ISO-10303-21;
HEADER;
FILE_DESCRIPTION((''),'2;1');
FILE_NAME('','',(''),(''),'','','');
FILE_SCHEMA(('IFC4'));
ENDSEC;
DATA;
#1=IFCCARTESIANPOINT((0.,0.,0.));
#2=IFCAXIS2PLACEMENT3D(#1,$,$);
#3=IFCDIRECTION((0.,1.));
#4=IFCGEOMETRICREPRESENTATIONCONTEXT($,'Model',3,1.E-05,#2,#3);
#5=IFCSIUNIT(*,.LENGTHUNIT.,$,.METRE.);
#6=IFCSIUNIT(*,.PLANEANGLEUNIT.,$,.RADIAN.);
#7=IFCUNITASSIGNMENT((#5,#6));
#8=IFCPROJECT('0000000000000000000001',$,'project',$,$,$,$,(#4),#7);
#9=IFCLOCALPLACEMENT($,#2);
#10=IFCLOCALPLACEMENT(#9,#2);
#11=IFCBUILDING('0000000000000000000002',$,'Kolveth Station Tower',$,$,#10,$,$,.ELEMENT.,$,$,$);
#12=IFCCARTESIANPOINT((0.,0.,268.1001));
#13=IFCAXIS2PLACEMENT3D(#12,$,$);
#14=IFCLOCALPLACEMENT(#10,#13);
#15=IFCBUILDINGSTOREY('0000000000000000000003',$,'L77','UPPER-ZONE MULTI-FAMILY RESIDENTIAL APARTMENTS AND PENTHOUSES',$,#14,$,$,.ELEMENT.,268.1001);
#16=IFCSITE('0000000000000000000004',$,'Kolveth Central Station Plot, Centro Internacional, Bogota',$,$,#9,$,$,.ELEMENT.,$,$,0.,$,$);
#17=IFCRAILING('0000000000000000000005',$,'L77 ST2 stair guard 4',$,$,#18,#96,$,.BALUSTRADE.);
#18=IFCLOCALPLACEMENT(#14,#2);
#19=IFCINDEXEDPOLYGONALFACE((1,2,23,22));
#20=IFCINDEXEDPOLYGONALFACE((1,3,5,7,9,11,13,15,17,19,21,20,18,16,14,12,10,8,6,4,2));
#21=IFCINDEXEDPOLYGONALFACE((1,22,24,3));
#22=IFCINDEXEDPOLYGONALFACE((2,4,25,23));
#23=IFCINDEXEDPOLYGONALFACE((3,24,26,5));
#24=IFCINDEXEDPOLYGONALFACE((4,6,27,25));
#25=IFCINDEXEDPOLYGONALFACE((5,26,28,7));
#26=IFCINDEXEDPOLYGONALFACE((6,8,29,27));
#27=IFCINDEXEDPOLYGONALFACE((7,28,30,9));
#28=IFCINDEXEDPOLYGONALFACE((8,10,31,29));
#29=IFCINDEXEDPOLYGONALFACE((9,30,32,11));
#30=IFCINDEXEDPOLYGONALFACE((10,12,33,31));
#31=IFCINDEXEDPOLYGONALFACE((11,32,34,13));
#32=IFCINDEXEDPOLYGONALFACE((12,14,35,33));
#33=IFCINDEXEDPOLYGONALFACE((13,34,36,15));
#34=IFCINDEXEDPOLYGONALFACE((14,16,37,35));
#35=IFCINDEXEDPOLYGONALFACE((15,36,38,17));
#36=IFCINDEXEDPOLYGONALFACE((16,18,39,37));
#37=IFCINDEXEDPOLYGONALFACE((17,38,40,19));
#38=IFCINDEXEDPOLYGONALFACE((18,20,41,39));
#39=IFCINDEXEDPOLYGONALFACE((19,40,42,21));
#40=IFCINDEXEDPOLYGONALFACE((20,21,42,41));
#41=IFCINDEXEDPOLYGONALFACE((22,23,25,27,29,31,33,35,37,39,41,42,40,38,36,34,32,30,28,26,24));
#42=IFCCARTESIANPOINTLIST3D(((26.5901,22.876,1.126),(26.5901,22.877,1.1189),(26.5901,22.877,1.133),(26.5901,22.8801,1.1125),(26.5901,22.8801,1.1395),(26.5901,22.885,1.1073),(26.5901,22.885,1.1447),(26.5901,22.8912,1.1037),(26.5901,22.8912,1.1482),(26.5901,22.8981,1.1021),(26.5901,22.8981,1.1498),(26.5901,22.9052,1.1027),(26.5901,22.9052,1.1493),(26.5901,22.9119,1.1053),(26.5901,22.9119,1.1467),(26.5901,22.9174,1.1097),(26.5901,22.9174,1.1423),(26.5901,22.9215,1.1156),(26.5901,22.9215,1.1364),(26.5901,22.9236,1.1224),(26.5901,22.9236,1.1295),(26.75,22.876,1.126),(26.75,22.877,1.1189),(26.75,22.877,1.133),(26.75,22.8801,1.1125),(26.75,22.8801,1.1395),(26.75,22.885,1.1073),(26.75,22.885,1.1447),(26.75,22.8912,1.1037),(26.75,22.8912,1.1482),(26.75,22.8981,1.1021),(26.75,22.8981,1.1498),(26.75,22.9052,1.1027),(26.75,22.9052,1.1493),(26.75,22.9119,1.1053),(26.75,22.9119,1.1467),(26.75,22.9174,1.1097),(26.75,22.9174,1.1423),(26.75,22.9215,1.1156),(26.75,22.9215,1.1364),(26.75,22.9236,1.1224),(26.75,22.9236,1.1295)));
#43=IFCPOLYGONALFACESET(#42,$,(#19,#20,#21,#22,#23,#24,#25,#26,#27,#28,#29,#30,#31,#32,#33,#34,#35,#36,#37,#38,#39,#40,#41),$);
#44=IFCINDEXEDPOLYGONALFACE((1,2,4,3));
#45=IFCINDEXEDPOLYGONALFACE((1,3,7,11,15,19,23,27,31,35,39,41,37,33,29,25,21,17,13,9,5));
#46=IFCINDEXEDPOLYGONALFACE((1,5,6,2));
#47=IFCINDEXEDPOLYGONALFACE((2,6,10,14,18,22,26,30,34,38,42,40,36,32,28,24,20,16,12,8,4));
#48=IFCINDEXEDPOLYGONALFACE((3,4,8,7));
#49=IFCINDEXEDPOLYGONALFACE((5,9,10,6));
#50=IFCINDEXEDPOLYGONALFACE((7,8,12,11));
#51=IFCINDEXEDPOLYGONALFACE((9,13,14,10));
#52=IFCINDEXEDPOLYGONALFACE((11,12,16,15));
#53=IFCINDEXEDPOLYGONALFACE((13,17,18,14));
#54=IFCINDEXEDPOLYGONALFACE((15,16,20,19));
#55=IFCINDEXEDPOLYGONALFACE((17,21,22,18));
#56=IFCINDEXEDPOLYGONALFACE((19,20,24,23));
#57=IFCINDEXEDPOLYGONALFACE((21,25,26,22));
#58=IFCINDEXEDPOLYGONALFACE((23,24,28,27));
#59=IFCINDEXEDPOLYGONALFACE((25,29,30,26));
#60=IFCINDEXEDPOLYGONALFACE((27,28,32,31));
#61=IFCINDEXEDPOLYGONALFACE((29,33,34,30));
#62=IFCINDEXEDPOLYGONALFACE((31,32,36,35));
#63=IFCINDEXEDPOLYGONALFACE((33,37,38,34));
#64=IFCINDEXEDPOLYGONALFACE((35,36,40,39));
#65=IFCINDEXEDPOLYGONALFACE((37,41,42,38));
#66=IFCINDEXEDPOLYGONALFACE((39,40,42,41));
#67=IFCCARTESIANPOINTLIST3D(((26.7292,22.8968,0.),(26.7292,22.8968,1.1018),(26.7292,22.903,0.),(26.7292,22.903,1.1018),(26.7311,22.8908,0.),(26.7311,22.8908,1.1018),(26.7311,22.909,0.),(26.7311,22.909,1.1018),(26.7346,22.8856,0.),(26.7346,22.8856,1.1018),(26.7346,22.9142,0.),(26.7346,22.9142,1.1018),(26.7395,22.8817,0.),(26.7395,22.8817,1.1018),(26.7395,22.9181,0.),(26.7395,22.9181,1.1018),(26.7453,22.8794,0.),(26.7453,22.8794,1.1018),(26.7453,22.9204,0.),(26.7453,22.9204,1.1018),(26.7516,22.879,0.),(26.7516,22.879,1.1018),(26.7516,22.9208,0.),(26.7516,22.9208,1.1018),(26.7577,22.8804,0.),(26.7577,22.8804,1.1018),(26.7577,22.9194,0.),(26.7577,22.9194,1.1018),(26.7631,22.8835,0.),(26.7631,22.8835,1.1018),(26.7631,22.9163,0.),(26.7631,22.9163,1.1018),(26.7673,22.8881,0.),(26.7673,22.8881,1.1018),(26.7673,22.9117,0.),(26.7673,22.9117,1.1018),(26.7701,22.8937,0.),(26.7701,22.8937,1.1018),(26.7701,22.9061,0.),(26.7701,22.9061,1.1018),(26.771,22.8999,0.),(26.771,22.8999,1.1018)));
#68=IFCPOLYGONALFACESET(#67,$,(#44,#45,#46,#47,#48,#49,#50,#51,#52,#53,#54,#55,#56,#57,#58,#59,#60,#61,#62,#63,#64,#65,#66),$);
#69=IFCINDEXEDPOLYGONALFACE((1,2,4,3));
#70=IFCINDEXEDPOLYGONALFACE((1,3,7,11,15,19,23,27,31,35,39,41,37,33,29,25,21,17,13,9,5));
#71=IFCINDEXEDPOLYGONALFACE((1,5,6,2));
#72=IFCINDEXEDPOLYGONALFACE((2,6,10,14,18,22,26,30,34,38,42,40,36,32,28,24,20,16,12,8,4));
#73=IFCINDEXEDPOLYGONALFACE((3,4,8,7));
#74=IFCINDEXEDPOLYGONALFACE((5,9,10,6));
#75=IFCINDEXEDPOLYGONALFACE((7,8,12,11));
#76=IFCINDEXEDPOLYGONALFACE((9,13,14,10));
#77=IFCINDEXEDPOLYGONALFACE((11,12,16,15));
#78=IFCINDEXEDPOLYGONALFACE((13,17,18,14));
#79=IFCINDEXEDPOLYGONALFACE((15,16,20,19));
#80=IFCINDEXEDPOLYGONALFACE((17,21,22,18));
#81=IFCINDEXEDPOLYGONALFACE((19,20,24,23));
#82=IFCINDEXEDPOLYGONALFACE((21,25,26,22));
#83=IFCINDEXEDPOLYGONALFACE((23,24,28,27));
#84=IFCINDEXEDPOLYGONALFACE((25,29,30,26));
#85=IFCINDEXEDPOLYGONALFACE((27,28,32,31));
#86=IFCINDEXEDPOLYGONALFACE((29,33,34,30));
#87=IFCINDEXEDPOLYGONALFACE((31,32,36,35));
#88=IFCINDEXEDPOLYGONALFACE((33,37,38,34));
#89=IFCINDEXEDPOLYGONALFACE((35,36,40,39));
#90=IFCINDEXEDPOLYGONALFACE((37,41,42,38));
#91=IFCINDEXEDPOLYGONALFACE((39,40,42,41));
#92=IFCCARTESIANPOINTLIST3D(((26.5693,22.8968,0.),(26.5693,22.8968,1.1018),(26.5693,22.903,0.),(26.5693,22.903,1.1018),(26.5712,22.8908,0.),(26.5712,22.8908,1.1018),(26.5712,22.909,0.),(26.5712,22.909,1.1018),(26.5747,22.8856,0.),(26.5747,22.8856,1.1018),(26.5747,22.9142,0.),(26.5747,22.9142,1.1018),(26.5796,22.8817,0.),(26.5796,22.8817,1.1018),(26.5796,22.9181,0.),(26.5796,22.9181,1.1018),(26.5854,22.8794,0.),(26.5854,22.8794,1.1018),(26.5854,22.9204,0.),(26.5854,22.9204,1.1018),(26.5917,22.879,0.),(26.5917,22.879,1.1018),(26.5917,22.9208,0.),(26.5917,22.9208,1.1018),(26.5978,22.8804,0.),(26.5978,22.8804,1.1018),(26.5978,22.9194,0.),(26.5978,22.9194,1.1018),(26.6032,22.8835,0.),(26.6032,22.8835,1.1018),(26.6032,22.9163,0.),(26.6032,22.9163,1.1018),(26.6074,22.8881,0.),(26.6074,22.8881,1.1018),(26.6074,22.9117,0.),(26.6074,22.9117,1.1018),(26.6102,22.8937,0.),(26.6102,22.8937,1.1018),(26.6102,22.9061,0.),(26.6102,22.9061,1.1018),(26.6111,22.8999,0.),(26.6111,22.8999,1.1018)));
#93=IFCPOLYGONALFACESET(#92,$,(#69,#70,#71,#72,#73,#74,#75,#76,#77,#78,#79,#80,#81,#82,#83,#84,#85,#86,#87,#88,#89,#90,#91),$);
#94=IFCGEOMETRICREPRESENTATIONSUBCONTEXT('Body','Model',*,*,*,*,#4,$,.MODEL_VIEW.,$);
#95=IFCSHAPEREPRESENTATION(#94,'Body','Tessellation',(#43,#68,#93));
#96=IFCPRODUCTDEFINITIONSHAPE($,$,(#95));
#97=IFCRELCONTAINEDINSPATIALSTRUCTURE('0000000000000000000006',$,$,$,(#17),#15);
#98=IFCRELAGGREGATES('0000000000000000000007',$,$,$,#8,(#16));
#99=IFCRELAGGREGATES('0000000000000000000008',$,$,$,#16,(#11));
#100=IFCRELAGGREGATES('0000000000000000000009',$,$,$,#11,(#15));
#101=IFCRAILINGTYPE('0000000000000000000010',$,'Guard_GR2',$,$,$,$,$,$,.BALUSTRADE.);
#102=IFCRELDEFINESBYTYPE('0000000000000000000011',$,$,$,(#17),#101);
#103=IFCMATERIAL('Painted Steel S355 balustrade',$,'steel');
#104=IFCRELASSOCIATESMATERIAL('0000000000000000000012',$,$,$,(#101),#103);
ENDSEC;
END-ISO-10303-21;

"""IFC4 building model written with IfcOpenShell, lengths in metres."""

from ifc_helpers import new_model, si_unit, direction, frame, origin, origin_2d, place, context, subcontext, project, spatial, circle, extrude, material, type_object, element, save


model = new_model("IFC4")

# Units and contexts
model_context = context("Model", 3, precision=1e-05, world=origin(), true_north=direction((0.0, 1.0)))
body_context = subcontext(model_context, "Body", "Model", "MODEL_VIEW")
ifc_project = project(units=[si_unit("LENGTHUNIT", "METRE"), si_unit("PLANEANGLEUNIT", "RADIAN")], contexts=[model_context])

# Site, building, storey
site_placement = place(None, origin())
site = spatial("IfcSite", under=ifc_project, at=site_placement, Name="Kolveth Central Station Plot, Centro Internacional, Bogota", CompositionType="ELEMENT", RefElevation=0.0)
building_placement = place(site_placement, origin())
building = spatial("IfcBuilding", under=site, at=building_placement, Name="Kolveth Station Tower", CompositionType="ELEMENT")
storey_placement = place(building_placement, frame((0.0, 0.0, 268.1001)))
storey = spatial("IfcBuildingStorey", under=building, at=storey_placement, Name="L77", Description="UPPER-ZONE MULTI-FAMILY RESIDENTIAL APARTMENTS AND PENTHOUSES", CompositionType="ELEMENT", Elevation=268.1001)

# Railing
ifc_material_1 = material(Name="Painted Steel S355 balustrade", Category="steel")
railing_type_1 = type_object("IfcRailingType", Name="Guard_GR2", PredefinedType="BALUSTRADE", material=ifc_material_1)
railing_1_placement = place(storey_placement, frame((26.75, 22.8999, 0.0)))
element("IfcRailing", 1, at=railing_1_placement, inside=storey, type_object=railing_type_1, Name="L77 ST2 stair guard 4", PredefinedType="BALUSTRADE", context=body_context, shape_type="SweptSolid", body=[
    extrude(circle(Radius=0.0239, at=origin_2d()), frame((0.0, 0.0, 1.126), z_axis=(-1.0, 0.0, 0.0), x_axis=(0.0, -1.0, 0.0)), (0.0, 0.0, 1.0), 0.1599),
    extrude(circle(Radius=0.021, at=origin_2d()), origin(), (0.0, 0.0, 1.0), 1.1018),
    extrude(circle(Radius=0.021, at=origin_2d()), frame((-0.1599, 0.0, 0.0)), (0.0, 0.0, 1.0), 1.1018),
])

save(model, "model.ifc")
